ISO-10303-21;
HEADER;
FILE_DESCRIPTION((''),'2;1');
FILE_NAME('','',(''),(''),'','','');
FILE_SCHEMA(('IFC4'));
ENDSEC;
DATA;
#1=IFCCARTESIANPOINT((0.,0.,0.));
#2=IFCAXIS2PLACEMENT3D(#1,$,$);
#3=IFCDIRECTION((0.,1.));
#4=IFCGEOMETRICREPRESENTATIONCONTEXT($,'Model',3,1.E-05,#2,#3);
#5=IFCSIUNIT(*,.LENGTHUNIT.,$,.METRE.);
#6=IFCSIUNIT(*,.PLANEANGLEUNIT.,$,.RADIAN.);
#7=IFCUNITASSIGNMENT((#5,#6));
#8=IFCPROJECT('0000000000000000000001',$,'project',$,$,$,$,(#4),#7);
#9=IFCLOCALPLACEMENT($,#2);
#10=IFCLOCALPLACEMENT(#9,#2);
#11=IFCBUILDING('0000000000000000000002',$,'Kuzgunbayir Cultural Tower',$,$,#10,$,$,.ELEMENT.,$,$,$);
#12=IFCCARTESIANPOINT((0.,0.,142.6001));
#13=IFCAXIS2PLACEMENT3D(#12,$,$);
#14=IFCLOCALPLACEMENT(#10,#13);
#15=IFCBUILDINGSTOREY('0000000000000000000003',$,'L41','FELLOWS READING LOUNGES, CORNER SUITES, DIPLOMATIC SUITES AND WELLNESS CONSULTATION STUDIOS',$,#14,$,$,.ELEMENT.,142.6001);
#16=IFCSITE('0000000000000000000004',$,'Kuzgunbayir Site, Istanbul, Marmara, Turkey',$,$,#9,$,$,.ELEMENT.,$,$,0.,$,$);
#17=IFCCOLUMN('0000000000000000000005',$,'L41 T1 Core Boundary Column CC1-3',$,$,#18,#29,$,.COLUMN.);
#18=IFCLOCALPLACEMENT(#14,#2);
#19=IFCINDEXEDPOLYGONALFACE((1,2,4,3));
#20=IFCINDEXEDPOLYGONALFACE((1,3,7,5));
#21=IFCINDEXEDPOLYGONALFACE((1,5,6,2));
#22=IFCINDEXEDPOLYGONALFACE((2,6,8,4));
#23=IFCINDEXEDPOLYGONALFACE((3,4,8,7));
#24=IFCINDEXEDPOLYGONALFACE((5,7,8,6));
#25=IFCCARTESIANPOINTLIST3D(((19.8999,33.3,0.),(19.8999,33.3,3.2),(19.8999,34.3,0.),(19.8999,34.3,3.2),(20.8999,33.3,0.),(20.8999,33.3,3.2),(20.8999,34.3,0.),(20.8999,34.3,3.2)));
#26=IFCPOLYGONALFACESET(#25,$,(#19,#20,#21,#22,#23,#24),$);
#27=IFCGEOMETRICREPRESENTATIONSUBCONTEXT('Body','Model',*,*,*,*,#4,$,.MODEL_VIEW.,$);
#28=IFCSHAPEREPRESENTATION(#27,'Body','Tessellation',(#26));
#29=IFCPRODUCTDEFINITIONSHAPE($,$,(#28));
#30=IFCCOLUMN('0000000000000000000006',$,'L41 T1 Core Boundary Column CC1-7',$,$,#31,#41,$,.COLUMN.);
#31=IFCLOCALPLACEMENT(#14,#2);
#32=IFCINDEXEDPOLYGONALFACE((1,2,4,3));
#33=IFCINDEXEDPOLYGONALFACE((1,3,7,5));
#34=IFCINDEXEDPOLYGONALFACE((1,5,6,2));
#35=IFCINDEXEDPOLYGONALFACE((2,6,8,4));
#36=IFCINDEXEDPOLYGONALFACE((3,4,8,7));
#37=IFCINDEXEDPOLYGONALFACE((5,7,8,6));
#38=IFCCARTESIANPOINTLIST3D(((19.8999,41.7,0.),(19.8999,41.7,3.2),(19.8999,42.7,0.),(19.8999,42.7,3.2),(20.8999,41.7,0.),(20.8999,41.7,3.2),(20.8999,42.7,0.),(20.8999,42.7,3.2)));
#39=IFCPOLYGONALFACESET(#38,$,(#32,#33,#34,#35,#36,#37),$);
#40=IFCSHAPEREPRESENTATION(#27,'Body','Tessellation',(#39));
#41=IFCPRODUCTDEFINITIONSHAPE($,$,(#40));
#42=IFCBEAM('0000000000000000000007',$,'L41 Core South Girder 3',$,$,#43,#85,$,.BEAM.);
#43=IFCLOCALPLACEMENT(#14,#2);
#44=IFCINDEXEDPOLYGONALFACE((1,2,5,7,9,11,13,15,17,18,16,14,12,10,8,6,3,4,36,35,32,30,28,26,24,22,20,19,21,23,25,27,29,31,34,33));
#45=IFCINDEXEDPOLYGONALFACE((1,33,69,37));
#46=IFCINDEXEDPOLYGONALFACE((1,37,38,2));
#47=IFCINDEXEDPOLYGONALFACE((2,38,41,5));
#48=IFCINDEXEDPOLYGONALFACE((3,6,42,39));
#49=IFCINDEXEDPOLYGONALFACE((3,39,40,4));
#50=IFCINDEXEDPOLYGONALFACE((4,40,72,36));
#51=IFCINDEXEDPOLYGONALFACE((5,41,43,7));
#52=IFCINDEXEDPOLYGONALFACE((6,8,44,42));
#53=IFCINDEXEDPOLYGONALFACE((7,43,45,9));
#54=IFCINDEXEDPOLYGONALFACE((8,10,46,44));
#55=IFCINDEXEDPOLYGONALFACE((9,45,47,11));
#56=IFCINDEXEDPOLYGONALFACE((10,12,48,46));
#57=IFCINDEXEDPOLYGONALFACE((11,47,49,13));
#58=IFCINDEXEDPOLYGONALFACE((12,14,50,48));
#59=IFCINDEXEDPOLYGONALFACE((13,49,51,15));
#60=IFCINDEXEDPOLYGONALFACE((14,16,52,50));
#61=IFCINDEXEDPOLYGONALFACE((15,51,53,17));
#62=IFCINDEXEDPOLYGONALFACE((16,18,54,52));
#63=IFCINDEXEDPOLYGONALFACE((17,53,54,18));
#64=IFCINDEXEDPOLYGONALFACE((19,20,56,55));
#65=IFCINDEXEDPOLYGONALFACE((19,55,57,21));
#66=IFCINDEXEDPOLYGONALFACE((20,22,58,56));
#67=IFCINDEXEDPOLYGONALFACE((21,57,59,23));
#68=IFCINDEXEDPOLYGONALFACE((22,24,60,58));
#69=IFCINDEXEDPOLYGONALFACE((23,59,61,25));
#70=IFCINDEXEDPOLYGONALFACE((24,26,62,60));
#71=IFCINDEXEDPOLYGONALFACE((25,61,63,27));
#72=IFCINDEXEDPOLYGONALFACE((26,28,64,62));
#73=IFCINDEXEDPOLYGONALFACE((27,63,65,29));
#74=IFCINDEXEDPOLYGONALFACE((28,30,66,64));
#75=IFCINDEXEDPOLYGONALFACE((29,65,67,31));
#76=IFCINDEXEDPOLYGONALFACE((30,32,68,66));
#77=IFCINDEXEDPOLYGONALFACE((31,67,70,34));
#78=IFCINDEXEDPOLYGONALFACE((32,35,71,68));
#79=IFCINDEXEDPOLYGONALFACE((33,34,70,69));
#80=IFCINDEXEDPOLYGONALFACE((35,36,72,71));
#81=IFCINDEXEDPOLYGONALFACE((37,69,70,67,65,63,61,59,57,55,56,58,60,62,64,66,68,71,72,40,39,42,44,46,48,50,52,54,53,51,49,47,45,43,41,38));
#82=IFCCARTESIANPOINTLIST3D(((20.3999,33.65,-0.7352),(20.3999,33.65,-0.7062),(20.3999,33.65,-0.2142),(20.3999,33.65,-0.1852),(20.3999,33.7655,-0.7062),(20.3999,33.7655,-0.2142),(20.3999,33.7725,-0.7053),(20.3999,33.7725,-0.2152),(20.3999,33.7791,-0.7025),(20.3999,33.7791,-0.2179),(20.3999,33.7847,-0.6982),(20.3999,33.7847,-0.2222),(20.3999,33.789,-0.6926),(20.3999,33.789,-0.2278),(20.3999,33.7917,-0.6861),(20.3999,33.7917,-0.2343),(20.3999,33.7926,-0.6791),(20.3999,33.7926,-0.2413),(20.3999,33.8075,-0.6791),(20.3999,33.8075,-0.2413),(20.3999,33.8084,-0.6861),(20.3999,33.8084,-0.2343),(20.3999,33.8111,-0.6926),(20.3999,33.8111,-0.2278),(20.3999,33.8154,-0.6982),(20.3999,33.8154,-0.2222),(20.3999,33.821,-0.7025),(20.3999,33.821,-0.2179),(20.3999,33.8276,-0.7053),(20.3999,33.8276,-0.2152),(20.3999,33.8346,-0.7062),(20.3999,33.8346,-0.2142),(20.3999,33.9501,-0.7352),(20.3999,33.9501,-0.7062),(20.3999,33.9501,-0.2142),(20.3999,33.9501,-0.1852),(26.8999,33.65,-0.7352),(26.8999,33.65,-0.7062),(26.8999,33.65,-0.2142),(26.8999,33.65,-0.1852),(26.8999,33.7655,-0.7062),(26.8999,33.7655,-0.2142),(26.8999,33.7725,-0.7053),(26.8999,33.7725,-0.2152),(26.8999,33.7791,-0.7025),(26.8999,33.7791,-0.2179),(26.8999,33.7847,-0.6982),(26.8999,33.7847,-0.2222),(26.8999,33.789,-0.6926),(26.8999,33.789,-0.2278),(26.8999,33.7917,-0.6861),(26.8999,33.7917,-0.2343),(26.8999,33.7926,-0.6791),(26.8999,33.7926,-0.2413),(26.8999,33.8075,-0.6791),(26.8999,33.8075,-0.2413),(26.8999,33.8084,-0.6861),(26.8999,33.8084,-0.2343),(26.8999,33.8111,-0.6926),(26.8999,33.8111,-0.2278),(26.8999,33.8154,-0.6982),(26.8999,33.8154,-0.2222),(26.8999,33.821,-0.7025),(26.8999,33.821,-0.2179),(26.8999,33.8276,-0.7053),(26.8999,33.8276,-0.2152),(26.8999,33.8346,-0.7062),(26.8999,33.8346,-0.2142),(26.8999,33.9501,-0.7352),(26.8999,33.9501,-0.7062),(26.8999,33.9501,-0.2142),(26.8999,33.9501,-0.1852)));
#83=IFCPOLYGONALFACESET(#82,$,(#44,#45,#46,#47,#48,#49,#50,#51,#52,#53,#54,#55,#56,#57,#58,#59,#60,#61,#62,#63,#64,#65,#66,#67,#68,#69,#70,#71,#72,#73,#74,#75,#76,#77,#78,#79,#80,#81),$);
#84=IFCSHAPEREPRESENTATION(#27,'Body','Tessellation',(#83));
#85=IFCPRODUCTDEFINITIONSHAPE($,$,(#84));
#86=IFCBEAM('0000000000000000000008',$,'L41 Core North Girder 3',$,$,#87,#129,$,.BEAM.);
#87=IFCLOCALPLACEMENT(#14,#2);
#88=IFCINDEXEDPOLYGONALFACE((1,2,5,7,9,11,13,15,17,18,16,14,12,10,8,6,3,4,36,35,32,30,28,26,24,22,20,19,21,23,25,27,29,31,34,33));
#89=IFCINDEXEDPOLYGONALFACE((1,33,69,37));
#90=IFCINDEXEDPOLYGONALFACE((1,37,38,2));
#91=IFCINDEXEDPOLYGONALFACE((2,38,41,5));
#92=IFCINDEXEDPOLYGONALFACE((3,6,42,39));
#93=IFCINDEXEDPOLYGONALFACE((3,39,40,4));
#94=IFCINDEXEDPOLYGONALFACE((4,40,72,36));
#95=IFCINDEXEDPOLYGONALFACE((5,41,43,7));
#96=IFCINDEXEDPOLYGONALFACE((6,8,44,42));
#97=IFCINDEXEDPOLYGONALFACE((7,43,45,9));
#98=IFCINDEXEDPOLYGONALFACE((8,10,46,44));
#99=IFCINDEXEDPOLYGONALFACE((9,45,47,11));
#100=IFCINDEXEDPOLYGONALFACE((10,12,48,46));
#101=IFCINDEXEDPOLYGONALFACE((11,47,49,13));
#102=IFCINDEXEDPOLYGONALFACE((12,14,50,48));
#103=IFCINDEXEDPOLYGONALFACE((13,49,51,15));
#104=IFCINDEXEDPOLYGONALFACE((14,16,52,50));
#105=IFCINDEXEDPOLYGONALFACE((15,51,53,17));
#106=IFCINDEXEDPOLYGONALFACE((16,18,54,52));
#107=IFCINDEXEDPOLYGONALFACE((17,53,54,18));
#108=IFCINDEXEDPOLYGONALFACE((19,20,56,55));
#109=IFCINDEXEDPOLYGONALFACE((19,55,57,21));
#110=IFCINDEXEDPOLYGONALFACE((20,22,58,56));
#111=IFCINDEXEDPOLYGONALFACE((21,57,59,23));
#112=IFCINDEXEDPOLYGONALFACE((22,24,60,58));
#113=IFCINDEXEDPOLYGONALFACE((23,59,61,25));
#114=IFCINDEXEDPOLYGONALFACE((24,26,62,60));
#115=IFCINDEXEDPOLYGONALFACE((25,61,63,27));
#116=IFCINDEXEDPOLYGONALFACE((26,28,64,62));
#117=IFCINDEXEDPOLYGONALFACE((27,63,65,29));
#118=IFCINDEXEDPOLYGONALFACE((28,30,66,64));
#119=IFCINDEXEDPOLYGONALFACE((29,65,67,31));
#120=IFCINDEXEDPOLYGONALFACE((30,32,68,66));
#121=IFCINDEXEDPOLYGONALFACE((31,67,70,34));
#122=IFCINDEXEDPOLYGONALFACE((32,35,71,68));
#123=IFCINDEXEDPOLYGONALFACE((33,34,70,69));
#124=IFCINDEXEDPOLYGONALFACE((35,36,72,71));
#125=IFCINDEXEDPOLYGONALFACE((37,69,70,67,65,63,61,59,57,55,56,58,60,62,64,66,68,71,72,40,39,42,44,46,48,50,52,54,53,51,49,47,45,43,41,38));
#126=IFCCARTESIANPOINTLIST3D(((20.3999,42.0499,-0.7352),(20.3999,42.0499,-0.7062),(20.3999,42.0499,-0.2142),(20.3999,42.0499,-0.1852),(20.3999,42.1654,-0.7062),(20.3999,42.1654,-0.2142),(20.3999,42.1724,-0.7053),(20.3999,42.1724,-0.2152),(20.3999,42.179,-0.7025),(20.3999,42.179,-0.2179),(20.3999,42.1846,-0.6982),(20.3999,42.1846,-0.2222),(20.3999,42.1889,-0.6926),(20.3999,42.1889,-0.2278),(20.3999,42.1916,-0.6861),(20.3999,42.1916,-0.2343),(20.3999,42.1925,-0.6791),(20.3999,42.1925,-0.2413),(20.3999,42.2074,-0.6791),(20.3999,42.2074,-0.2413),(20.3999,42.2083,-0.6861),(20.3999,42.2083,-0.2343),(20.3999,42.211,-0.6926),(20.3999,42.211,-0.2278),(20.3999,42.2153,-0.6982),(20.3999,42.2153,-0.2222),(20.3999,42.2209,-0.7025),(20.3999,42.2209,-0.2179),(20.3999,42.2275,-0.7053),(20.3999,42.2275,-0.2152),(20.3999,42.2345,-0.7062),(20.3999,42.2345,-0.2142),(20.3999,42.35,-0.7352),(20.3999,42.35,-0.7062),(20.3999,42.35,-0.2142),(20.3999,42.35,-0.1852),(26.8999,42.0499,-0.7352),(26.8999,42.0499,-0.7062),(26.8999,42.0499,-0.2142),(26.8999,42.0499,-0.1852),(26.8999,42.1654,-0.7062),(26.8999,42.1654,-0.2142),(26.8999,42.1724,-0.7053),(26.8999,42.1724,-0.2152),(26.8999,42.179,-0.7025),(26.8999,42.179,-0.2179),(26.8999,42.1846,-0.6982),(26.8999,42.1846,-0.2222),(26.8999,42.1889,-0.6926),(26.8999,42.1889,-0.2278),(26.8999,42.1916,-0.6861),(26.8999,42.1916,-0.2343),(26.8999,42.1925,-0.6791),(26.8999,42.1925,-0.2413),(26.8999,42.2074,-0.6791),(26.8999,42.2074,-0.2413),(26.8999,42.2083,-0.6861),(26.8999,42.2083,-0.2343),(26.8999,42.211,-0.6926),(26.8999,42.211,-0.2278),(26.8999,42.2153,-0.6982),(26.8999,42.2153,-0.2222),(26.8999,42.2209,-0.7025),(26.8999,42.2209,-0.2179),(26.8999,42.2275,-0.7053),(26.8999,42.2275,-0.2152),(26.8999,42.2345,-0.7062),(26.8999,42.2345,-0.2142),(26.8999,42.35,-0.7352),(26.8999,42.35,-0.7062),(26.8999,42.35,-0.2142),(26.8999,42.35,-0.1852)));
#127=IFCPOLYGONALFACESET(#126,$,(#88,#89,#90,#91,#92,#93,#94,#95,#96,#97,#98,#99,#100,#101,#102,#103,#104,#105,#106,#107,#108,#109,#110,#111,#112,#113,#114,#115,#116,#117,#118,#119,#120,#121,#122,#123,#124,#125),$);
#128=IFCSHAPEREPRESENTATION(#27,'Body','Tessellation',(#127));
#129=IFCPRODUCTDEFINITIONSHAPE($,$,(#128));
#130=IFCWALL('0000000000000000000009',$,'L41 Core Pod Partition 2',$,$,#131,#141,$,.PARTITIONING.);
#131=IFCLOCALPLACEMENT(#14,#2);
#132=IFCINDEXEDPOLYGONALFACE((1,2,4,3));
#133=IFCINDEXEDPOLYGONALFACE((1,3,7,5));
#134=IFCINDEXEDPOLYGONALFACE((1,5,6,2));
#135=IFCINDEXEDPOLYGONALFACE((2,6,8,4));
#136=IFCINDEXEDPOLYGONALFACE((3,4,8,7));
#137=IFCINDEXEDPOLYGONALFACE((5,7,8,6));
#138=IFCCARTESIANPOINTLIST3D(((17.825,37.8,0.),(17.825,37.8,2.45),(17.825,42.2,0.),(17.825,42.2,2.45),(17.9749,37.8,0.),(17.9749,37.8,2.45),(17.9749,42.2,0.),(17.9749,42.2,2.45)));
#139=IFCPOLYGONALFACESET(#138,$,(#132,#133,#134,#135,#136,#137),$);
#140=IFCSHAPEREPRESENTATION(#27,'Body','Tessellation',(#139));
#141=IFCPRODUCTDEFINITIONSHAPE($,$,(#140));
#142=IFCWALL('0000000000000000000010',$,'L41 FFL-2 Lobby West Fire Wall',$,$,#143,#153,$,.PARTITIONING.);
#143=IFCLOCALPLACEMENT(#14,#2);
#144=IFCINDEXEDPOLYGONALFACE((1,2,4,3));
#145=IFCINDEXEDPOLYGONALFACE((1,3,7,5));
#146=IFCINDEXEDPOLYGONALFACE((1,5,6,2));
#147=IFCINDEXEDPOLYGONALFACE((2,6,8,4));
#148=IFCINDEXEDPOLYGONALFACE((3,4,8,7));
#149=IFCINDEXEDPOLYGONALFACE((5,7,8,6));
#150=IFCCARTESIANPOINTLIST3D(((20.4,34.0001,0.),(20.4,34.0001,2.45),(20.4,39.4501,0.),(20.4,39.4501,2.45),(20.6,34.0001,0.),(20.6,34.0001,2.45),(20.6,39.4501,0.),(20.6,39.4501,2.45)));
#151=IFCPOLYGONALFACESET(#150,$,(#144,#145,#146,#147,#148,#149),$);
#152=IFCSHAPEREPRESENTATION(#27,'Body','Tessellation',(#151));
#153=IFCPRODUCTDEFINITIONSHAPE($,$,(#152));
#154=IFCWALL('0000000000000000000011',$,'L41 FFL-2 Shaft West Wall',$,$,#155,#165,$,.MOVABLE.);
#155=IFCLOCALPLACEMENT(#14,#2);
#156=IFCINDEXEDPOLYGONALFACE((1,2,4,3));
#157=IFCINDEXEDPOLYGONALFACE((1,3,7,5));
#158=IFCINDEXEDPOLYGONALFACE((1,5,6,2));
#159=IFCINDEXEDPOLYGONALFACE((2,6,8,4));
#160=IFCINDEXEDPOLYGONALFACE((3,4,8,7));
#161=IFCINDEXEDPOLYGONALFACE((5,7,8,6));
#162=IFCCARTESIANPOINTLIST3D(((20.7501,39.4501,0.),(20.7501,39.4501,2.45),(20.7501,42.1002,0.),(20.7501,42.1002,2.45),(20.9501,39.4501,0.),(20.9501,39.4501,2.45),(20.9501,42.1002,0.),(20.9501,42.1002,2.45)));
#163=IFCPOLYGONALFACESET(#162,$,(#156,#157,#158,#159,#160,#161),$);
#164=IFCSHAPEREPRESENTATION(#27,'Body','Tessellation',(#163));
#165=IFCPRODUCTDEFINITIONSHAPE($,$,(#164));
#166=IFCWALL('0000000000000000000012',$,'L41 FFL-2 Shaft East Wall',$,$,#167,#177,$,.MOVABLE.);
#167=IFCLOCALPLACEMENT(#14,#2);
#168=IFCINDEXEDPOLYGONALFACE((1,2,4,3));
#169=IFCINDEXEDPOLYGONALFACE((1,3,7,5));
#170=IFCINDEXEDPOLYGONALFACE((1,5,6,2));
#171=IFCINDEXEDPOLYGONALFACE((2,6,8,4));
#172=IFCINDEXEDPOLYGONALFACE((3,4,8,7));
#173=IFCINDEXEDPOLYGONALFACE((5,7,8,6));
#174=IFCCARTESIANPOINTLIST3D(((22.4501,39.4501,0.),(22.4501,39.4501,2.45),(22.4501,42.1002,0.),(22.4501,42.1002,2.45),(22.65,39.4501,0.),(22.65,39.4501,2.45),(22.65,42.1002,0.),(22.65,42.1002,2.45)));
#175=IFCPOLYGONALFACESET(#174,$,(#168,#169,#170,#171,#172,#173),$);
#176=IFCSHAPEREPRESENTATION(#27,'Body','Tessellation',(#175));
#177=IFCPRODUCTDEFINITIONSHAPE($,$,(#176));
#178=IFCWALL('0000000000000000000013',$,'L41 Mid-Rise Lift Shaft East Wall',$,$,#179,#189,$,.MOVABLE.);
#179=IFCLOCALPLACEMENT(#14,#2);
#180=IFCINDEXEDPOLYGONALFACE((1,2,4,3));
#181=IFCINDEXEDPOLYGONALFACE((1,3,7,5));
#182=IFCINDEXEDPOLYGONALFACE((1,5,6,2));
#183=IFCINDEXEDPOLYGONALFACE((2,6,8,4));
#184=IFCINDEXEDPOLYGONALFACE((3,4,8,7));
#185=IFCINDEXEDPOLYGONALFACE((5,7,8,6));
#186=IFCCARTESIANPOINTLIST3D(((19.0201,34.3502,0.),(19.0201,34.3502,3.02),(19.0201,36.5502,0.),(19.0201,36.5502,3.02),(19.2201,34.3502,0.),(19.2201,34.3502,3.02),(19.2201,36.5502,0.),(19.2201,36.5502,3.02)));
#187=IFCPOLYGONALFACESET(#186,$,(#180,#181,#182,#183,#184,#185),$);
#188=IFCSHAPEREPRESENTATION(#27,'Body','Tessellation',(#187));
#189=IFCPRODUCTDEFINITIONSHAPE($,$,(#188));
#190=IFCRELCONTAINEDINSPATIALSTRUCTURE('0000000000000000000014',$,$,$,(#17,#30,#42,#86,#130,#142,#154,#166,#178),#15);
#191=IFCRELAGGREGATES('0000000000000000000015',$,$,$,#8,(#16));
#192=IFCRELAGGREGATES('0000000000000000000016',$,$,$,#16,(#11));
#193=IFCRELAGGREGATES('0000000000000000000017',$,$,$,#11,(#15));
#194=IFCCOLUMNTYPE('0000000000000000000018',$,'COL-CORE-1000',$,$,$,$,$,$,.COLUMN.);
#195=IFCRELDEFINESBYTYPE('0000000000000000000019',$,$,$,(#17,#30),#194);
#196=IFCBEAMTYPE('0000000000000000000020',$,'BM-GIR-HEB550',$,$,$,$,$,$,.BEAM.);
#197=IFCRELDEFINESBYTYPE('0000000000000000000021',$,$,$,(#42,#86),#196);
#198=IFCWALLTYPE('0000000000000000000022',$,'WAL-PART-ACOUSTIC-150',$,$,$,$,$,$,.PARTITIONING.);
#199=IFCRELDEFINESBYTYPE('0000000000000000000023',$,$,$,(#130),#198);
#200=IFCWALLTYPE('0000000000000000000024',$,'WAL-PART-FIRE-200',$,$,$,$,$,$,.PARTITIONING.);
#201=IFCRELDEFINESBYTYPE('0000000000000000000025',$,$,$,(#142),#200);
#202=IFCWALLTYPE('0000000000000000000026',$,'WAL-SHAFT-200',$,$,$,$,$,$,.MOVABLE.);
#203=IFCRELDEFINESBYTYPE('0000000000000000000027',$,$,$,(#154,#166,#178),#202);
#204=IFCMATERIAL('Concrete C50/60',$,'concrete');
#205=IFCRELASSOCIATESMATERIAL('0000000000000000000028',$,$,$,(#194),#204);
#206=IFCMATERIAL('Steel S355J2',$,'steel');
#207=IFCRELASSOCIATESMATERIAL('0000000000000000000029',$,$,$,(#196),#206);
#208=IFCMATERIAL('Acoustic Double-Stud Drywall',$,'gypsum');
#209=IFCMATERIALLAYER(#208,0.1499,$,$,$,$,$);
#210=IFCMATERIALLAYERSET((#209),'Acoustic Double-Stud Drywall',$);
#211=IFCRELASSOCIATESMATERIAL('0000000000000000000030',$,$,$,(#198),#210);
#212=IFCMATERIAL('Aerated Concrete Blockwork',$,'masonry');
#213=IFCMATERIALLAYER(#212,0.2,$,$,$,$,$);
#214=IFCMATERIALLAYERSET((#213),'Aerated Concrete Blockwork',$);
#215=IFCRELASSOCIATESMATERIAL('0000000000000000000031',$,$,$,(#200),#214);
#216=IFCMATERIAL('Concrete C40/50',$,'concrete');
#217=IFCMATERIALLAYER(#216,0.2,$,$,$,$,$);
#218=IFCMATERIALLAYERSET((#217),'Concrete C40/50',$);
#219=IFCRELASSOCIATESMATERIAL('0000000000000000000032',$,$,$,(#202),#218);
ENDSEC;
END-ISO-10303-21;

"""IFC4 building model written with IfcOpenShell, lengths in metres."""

from ifc_helpers import new_model, si_unit, direction, frame, frame_2d, origin, origin_2d, place, context, subcontext, project, spatial, rectangle, i_section, extrude, material, layer, layer_set, material_profile, profile_set, type_object, element, save


model = new_model("IFC4")

# Units and contexts
model_context = context("Model", 3, precision=1e-05, world=origin(), true_north=direction((0.0, 1.0)))
body_context = subcontext(model_context, "Body", "Model", "MODEL_VIEW")
ifc_project = project(units=[si_unit("LENGTHUNIT", "METRE"), si_unit("PLANEANGLEUNIT", "RADIAN")], contexts=[model_context])

# Site, building, storey
site_placement = place(None, origin())
site = spatial("IfcSite", under=ifc_project, at=site_placement, Name="Kuzgunbayir Site, Istanbul, Marmara, Turkey", CompositionType="ELEMENT", RefElevation=0.0)
building_placement = place(site_placement, origin())
building = spatial("IfcBuilding", under=site, at=building_placement, Name="Kuzgunbayir Cultural Tower", CompositionType="ELEMENT")
storey_placement = place(building_placement, frame((0.0, 0.0, 142.6001)))
storey = spatial("IfcBuildingStorey", under=building, at=storey_placement, Name="L41", Description="FELLOWS READING LOUNGES, CORNER SUITES, DIPLOMATIC SUITES AND WELLNESS CONSULTATION STUDIOS", CompositionType="ELEMENT", Elevation=142.6001)

# Columns
ifc_material_1 = material(Name="Concrete C50/60", Category="concrete")
ifc_material_profile_1 = material_profile(ifc_material_1, rectangle(XDim=1.0, YDim=1.0, at=origin_2d()), Name="RC 1000x1000")
ifc_profile_set_1 = profile_set([ifc_material_profile_1], Name="Concrete C50/60")
column_type = type_object("IfcColumnType", Name="COL-CORE-1000", PredefinedType="COLUMN", material=ifc_profile_set_1)
for number, where, z_axis, x_axis, name in (
    (1, (20.3999, 33.8, 0.0), (0.0, 0.0, 1.0), (1.0, 0.0, 0.0), "L41 T1 Core Boundary Column CC1-3"),
    (2, (20.3999, 42.2, 0.0), (0.0, 0.0, 1.0), (1.0, 0.0, 0.0), "L41 T1 Core Boundary Column CC1-7"),
):
    element("IfcColumn", number, at=place(storey_placement, frame(where, z_axis=z_axis, x_axis=x_axis)), inside=storey, type_object=column_type, Name=name, PredefinedType="COLUMN", context=body_context, shape_type="SweptSolid", body=[
        extrude(rectangle(XDim=1.0, YDim=1.0, at=origin_2d()), origin(), (0.0, 0.0, 1.0), 3.2),
    ])

# Beams
ifc_material_2 = material(Name="Steel S355J2", Category="steel")
ifc_material_profile_2 = material_profile(ifc_material_2, i_section(OverallWidth=0.3, OverallDepth=0.55, WebThickness=0.0149, FlangeThickness=0.0291, FilletRadius=0.0271, at=origin_2d()), Name="HEB 550")
ifc_profile_set_2 = profile_set([ifc_material_profile_2], Name="Steel S355J2")
beam_type = type_object("IfcBeamType", Name="BM-GIR-HEB550", PredefinedType="BEAM", material=ifc_profile_set_2)
for number, where, z_axis, x_axis, name in (
    (3, (20.3999, 33.8, -0.4602), (1.0, 0.0, 0.0), (0.0, 1.0, 0.0), "L41 Core South Girder 3"),
    (4, (20.3999, 42.2, -0.4602), (1.0, 0.0, 0.0), (0.0, 1.0, 0.0), "L41 Core North Girder 3"),
):
    element("IfcBeam", number, at=place(storey_placement, frame(where, z_axis=z_axis, x_axis=x_axis)), inside=storey, type_object=beam_type, Name=name, PredefinedType="BEAM", context=body_context, shape_type="SweptSolid", body=[
        extrude(i_section(OverallWidth=0.3, OverallDepth=0.55, WebThickness=0.0149, FlangeThickness=0.0291, FilletRadius=0.0271, at=origin_2d()), origin(), (0.0, 0.0, 1.0), 6.5),
    ])

# Walls
ifc_material_3 = material(Name="Acoustic Double-Stud Drywall", Category="gypsum")
ifc_layer_1 = layer(ifc_material_3, 0.1499)
ifc_layer_set_1 = layer_set([ifc_layer_1], Name="Acoustic Double-Stud Drywall")
wall_type_1 = type_object("IfcWallType", Name="WAL-PART-ACOUSTIC-150", PredefinedType="PARTITIONING", material=ifc_layer_set_1)
wall_1_placement = place(storey_placement, frame((17.8999, 37.8, 0.0), z_axis=(0.0, 0.0, 1.0), x_axis=(0.0, 1.0, 0.0)))
element("IfcWall", 5, at=wall_1_placement, inside=storey, type_object=wall_type_1, Name="L41 Core Pod Partition 2", PredefinedType="PARTITIONING", context=body_context, shape_type="SweptSolid", body=[
    extrude(rectangle(XDim=4.3999, YDim=0.1499, at=frame_2d((2.2, 0.0))), origin(), (0.0, 0.0, 1.0), 2.45),
])
ifc_material_4 = material(Name="Aerated Concrete Blockwork", Category="masonry")
ifc_layer_2 = layer(ifc_material_4, 0.2)
ifc_layer_set_2 = layer_set([ifc_layer_2], Name="Aerated Concrete Blockwork")
wall_type_2 = type_object("IfcWallType", Name="WAL-PART-FIRE-200", PredefinedType="PARTITIONING", material=ifc_layer_set_2)
wall_2_placement = place(storey_placement, frame((20.5, 34.0, 0.0), z_axis=(0.0, 0.0, 1.0), x_axis=(0.0, 1.0, 0.0)))
element("IfcWall", 6, at=wall_2_placement, inside=storey, type_object=wall_type_2, Name="L41 FFL-2 Lobby West Fire Wall", PredefinedType="PARTITIONING", context=body_context, shape_type="SweptSolid", body=[
    extrude(rectangle(XDim=5.45, YDim=0.2, at=frame_2d((2.7251, 0.0))), origin(), (0.0, 0.0, 1.0), 2.45),
])

# Shared definitions
ifc_material_5 = material(Name="Concrete C40/50", Category="concrete")
ifc_layer_3 = layer(ifc_material_5, 0.2)
ifc_layer_set_3 = layer_set([ifc_layer_3], Name="Concrete C40/50")
wall_type_3 = type_object("IfcWallType", Name="WAL-SHAFT-200", PredefinedType="MOVABLE", material=ifc_layer_set_3)

# Walls
for number, where, z_axis, x_axis, name in (
    (7, (20.8501, 39.45, 0.0), (0.0, 0.0, 1.0), (0.0, 1.0, 0.0), "L41 FFL-2 Shaft West Wall"),
    (8, (22.55, 39.45, 0.0), (0.0, 0.0, 1.0), (0.0, 1.0, 0.0), "L41 FFL-2 Shaft East Wall"),
):
    element("IfcWall", number, at=place(storey_placement, frame(where, z_axis=z_axis, x_axis=x_axis)), inside=storey, type_object=wall_type_3, Name=name, PredefinedType="MOVABLE", context=body_context, shape_type="SweptSolid", body=[
        extrude(rectangle(XDim=2.6501, YDim=0.2, at=frame_2d((1.3252, 0.0))), origin(), (0.0, 0.0, 1.0), 2.45),
    ])
wall_3_placement = place(storey_placement, frame((19.1201, 34.3501, 0.0), z_axis=(0.0, 0.0, 1.0), x_axis=(0.0, 1.0, 0.0)))
element("IfcWall", 9, at=wall_3_placement, inside=storey, type_object=wall_type_3, Name="L41 Mid-Rise Lift Shaft East Wall", PredefinedType="MOVABLE", context=body_context, shape_type="SweptSolid", body=[
    extrude(rectangle(XDim=2.2, YDim=0.2, at=frame_2d((1.1001, 0.0))), origin(), (0.0, 0.0, 1.0), 3.02),
])

save(model, "model.ifc")
